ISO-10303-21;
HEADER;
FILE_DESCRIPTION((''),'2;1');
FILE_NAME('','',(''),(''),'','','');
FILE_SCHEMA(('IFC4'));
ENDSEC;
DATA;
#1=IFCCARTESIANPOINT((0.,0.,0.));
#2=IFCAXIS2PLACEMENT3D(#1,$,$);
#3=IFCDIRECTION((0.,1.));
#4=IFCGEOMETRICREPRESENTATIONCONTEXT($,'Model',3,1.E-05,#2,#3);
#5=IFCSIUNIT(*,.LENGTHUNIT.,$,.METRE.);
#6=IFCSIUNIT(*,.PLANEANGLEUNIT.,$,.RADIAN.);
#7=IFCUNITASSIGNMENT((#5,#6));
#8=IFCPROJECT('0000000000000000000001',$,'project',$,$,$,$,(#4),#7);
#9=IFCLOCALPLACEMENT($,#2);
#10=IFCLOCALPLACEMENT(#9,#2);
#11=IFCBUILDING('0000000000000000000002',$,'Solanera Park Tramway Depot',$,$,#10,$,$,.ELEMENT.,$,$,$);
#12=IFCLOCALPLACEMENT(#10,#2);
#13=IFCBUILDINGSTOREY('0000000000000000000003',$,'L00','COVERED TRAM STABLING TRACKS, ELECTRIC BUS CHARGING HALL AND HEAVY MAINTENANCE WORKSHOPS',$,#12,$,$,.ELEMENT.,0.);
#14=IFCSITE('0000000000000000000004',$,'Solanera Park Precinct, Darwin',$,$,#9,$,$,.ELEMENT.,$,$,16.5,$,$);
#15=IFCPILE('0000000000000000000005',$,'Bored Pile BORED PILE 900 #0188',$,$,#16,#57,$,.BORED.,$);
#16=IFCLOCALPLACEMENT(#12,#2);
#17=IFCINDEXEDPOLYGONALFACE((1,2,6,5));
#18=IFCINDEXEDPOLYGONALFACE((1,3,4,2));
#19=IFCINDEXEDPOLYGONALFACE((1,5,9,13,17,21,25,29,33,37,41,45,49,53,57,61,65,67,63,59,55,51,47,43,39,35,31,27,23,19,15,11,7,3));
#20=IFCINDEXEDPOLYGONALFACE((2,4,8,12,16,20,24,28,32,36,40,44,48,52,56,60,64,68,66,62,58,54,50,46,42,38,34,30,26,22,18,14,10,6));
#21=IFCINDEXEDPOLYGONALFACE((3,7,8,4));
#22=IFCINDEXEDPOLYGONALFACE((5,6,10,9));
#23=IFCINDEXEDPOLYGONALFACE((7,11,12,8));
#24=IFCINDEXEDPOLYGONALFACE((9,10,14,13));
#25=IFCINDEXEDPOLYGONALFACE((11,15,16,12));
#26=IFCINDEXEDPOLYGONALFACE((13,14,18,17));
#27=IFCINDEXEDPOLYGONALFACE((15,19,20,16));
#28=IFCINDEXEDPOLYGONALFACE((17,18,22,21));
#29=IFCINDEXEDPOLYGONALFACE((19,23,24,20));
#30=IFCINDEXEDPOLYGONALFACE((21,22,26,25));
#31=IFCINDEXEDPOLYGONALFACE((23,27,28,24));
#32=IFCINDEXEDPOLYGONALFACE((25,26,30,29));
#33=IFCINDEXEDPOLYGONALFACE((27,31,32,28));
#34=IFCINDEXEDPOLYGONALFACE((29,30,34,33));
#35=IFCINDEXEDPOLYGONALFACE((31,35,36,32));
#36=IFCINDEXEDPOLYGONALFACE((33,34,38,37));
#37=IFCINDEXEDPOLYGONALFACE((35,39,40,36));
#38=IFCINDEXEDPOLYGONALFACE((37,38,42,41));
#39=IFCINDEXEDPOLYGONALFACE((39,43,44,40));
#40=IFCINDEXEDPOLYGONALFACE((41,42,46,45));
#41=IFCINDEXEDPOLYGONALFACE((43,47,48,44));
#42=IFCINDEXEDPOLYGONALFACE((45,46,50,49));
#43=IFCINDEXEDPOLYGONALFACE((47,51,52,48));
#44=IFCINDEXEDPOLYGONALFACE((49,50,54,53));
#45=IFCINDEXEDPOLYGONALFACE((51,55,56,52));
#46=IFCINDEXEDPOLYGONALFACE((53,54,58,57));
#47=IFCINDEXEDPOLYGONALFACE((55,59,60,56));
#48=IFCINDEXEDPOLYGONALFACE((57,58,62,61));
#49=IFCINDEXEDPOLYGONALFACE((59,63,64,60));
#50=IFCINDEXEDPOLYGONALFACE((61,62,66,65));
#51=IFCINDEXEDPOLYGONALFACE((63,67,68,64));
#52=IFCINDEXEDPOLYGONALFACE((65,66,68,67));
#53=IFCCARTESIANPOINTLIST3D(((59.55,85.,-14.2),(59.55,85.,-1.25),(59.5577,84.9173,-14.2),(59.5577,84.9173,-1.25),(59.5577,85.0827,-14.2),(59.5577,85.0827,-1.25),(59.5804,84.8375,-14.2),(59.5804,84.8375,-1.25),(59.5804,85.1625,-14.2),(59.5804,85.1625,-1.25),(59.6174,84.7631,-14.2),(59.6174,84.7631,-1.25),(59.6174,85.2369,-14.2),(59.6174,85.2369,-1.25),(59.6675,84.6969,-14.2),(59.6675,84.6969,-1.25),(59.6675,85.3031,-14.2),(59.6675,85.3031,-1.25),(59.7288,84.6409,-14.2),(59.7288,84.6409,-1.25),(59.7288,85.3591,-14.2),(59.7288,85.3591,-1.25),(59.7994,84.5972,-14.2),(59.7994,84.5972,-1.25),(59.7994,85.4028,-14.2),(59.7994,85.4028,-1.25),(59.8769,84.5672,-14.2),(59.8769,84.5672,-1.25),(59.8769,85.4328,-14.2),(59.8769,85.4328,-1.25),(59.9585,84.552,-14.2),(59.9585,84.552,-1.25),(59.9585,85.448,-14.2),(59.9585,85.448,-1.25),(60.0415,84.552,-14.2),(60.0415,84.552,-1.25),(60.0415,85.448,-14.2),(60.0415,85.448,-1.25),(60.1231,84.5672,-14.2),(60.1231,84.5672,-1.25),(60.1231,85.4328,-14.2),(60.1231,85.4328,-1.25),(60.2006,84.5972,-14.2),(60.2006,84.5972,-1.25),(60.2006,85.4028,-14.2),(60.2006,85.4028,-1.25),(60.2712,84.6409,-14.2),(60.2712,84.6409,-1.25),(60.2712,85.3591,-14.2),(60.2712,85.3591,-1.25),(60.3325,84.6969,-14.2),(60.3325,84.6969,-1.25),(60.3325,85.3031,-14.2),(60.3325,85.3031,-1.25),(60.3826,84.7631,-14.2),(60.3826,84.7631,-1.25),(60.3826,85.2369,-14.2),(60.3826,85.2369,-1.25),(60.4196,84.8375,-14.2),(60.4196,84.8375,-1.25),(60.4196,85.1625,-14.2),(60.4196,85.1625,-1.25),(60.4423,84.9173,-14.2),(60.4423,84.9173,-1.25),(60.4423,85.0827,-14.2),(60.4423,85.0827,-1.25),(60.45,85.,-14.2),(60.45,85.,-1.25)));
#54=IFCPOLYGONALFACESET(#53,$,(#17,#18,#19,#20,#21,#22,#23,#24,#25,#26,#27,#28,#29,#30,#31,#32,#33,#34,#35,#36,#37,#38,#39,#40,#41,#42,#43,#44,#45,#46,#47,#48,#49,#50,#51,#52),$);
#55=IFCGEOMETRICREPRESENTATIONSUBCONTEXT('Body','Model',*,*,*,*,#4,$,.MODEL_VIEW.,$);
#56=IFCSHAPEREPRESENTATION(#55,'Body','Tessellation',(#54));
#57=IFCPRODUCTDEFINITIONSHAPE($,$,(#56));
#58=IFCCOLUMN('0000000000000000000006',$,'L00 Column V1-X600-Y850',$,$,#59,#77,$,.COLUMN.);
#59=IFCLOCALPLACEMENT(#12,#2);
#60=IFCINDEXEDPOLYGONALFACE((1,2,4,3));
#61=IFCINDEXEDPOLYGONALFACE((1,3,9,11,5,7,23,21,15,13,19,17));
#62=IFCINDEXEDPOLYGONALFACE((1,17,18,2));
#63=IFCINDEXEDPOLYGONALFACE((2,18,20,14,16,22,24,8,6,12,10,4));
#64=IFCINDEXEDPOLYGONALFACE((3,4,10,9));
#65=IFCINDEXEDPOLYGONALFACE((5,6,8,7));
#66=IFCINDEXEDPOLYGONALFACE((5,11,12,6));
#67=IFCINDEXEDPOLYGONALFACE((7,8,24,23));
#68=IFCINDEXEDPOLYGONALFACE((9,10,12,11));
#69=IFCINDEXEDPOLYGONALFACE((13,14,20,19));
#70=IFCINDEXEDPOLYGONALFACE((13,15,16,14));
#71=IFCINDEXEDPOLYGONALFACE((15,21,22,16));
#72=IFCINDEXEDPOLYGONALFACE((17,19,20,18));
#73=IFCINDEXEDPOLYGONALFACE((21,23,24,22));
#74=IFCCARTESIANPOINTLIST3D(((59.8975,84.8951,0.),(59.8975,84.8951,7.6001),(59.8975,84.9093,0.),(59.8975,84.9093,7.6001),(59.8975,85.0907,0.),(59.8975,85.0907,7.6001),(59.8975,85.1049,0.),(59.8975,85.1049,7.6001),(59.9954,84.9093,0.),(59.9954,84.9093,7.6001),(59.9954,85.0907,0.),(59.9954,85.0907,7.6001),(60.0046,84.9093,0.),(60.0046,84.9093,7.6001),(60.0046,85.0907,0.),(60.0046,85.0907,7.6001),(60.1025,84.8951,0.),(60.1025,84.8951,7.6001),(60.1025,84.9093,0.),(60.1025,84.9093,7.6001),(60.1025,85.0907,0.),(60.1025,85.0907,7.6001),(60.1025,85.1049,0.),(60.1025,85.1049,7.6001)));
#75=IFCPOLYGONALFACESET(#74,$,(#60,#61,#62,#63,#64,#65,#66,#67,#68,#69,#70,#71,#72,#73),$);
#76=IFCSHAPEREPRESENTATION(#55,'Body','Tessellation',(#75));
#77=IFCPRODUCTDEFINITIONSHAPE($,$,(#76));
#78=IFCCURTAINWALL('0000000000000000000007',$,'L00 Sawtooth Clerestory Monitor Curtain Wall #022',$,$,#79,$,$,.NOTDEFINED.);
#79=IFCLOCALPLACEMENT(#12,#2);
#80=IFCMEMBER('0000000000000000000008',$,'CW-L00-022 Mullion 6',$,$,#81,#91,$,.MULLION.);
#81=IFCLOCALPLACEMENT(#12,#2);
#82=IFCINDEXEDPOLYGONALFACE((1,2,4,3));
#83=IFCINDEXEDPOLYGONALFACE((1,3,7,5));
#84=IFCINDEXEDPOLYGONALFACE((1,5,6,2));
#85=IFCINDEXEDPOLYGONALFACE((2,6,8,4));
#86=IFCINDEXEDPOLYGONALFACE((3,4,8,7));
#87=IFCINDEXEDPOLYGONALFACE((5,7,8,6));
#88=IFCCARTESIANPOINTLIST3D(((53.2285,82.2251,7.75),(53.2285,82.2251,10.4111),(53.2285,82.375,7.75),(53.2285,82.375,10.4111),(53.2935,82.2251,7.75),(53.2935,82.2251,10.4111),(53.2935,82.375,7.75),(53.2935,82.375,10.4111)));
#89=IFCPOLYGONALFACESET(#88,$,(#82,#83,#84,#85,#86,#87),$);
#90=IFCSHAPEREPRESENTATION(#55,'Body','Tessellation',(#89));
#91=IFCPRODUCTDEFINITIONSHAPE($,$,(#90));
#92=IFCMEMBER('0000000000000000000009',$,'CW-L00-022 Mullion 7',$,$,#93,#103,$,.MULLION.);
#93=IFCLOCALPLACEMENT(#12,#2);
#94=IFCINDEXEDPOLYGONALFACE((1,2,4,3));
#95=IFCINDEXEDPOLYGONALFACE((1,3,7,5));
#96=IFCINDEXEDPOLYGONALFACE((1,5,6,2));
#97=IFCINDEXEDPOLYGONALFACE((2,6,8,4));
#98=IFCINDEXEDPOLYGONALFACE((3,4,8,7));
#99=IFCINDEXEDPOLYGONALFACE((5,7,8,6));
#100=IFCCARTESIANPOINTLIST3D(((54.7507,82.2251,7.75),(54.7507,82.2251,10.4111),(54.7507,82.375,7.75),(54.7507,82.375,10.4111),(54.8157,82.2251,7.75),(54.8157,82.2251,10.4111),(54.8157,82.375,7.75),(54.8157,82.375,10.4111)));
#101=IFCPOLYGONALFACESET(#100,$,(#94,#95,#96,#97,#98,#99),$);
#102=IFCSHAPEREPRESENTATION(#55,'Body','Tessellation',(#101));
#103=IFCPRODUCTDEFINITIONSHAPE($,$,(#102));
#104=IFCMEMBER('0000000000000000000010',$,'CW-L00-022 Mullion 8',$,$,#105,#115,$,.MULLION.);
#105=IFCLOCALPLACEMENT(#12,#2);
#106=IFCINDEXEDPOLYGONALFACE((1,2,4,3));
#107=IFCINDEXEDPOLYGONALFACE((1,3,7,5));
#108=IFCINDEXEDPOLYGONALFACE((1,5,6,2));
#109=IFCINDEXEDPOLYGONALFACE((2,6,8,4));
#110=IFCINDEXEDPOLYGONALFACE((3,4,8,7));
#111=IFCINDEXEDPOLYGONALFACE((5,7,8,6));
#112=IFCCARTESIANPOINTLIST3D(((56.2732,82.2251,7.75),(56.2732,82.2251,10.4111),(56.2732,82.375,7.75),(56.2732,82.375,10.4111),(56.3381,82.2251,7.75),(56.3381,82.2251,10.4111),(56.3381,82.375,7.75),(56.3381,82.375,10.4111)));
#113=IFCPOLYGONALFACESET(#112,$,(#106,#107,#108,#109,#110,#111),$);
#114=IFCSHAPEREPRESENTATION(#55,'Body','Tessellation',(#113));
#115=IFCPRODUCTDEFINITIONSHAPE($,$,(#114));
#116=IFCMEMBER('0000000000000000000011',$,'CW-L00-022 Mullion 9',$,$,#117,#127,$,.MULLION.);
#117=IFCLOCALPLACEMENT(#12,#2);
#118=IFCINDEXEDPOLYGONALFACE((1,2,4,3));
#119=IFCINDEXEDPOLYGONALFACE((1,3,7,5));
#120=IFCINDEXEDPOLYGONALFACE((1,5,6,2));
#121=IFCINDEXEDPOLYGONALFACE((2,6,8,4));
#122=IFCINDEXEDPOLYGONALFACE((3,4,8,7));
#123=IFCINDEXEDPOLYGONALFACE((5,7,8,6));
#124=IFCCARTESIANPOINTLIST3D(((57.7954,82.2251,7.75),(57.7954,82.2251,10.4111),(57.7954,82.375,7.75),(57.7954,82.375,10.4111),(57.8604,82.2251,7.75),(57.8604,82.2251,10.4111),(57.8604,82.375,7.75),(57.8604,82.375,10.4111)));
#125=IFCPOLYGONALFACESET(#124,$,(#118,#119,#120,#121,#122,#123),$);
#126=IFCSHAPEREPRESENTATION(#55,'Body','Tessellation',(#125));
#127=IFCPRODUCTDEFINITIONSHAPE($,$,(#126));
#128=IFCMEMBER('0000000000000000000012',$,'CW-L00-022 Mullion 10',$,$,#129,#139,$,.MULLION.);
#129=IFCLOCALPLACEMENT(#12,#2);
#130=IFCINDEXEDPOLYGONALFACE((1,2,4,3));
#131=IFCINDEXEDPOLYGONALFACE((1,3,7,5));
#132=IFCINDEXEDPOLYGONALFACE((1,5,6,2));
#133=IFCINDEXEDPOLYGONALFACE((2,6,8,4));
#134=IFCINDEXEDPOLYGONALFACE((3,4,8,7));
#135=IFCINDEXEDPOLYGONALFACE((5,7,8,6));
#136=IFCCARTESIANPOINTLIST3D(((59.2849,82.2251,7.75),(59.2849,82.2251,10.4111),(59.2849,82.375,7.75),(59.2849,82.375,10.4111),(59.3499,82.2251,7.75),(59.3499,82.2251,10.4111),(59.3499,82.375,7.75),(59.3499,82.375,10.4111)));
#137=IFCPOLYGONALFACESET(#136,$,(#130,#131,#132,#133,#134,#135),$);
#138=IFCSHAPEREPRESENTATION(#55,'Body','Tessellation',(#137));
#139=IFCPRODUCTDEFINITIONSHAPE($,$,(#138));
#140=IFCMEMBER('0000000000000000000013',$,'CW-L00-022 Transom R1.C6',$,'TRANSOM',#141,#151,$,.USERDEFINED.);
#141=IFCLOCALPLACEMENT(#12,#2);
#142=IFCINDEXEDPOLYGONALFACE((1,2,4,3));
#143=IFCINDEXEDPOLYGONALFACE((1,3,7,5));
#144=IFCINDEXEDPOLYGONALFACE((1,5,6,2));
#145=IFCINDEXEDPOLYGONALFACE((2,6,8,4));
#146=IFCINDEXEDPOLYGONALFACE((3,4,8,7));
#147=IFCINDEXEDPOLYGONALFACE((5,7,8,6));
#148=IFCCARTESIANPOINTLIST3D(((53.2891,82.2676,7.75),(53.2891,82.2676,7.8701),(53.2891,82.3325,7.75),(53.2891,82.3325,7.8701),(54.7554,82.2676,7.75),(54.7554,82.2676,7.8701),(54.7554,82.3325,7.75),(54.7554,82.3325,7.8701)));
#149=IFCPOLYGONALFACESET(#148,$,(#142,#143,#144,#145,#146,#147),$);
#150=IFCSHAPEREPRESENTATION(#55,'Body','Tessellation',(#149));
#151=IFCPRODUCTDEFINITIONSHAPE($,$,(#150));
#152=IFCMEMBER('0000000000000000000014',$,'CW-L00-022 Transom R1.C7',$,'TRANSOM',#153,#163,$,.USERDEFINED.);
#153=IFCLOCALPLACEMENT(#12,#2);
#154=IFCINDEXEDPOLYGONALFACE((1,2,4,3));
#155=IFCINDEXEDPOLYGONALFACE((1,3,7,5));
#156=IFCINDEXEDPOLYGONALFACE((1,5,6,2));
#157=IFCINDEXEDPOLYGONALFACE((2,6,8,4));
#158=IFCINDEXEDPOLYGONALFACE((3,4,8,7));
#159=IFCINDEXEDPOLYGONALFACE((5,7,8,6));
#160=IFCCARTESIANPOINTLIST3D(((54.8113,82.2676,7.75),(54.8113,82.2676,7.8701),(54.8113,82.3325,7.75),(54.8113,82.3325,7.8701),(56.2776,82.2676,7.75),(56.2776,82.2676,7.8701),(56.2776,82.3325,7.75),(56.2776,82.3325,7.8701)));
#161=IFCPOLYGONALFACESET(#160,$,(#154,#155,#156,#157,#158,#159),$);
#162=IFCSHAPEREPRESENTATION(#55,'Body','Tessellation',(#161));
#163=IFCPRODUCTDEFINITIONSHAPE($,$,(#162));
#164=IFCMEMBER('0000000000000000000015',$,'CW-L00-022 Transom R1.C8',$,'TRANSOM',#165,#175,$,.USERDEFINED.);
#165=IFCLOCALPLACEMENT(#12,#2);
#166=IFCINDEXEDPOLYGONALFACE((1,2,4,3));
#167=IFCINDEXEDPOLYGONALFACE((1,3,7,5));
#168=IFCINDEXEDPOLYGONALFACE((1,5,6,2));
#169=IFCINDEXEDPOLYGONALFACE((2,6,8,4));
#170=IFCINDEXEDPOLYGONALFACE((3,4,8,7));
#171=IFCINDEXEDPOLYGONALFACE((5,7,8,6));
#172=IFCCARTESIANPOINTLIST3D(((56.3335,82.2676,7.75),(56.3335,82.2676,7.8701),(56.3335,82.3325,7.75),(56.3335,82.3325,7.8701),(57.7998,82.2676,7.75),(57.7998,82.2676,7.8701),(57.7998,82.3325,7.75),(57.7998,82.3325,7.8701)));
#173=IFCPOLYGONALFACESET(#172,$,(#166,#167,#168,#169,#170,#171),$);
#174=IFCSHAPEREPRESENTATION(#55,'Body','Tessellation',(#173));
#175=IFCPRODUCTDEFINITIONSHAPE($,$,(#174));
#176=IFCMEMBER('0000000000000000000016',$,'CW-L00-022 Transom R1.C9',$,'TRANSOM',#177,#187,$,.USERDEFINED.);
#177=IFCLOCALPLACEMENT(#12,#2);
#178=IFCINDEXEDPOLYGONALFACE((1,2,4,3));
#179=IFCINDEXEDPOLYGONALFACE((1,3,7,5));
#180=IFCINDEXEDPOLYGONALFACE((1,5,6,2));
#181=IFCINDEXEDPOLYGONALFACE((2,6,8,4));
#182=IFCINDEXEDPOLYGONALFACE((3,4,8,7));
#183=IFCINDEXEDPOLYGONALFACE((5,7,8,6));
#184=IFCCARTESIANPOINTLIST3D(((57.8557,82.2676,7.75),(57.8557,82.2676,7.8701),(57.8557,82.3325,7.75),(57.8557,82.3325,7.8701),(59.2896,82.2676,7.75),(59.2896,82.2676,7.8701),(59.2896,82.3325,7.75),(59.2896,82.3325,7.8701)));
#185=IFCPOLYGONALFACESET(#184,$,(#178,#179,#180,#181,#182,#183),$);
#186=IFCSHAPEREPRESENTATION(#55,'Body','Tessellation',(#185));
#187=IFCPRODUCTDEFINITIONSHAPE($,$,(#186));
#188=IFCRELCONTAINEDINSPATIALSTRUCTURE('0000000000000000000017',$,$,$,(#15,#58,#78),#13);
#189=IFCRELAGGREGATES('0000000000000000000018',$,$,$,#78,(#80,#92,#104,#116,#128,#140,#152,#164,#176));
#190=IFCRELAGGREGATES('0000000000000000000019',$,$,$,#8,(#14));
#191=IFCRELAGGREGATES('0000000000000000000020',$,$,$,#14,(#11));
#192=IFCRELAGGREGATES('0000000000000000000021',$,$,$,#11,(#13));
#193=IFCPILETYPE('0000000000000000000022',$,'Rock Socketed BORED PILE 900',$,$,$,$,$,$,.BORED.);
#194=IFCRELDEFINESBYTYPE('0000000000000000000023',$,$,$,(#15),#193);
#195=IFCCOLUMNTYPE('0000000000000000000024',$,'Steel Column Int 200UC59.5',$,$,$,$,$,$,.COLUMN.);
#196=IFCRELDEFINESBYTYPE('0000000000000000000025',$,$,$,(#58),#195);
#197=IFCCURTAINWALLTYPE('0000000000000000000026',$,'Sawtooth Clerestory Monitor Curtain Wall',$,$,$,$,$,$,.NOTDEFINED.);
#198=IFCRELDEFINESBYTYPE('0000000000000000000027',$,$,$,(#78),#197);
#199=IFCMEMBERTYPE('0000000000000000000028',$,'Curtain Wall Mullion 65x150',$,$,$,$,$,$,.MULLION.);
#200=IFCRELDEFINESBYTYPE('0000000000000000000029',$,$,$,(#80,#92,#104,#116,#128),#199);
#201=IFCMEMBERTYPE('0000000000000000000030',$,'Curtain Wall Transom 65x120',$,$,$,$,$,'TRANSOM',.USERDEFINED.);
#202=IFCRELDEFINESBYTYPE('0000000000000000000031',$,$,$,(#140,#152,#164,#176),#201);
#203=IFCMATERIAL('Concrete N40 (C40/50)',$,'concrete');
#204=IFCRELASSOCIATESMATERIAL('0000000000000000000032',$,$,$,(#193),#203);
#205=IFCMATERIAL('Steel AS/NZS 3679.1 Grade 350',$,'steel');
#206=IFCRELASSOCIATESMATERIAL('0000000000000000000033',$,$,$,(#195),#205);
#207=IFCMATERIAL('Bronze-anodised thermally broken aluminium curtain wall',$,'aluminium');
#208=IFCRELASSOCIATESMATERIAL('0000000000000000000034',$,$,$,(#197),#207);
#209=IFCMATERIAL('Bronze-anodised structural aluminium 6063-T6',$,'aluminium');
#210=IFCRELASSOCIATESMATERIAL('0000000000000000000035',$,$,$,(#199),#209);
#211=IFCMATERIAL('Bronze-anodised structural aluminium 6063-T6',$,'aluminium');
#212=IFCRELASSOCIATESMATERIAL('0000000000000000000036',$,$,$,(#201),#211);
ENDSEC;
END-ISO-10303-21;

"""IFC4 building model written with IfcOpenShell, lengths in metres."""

from ifc_helpers import new_model, si_unit, direction, frame, origin, origin_2d, place, context, subcontext, project, spatial, rectangle, circle, i_section, extrude, material, material_profile, profile_set, type_object, element, aggregate, save


model = new_model("IFC4")

# Units and contexts
model_context = context("Model", 3, precision=1e-05, world=origin(), true_north=direction((0.0, 1.0)))
body_context = subcontext(model_context, "Body", "Model", "MODEL_VIEW")
ifc_project = project(units=[si_unit("LENGTHUNIT", "METRE"), si_unit("PLANEANGLEUNIT", "RADIAN")], contexts=[model_context])

# Site, building, storey
site_placement = place(None, origin())
site = spatial("IfcSite", under=ifc_project, at=site_placement, Name="Solanera Park Precinct, Darwin", CompositionType="ELEMENT", RefElevation=16.5)
building_placement = place(site_placement, origin())
building = spatial("IfcBuilding", under=site, at=building_placement, Name="Solanera Park Tramway Depot", CompositionType="ELEMENT")
storey_placement = place(building_placement, origin())
storey = spatial("IfcBuildingStorey", under=building, at=storey_placement, Name="L00", Description="COVERED TRAM STABLING TRACKS, ELECTRIC BUS CHARGING HALL AND HEAVY MAINTENANCE WORKSHOPS", CompositionType="ELEMENT", Elevation=0.0)

# Pile
ifc_material_1 = material(Name="Concrete N40 (C40/50)", Category="concrete")
ifc_material_profile_1 = material_profile(ifc_material_1, circle(Radius=0.45, at=origin_2d()), Name="BORED PILE 900")
ifc_profile_set_1 = profile_set([ifc_material_profile_1], Name="Concrete N40 (C40/50)")
pile_type = type_object("IfcPileType", Name="Rock Socketed BORED PILE 900", PredefinedType="BORED", material=ifc_profile_set_1)
pile_placement = place(storey_placement, frame((60.0, 85.0, -1.25), z_axis=(0.0, 0.0, -1.0), x_axis=(1.0, 0.0, 0.0)))
element("IfcPile", 1, at=pile_placement, inside=storey, type_object=pile_type, Name="Bored Pile BORED PILE 900 #0188", PredefinedType="BORED", context=body_context, shape_type="SweptSolid", body=[
    extrude(circle(Radius=0.45, at=origin_2d()), origin(), (0.0, 0.0, 1.0), 12.95),
])

# Column
ifc_material_2 = material(Name="Steel AS/NZS 3679.1 Grade 350", Category="steel")
ifc_material_profile_2 = material_profile(ifc_material_2, i_section(OverallWidth=0.2051, OverallDepth=0.2097, WebThickness=0.0093, FlangeThickness=0.0142, at=origin_2d()), Name="200UC59.5")
ifc_profile_set_2 = profile_set([ifc_material_profile_2], Name="Steel AS/NZS 3679.1 Grade 350")
column_type = type_object("IfcColumnType", Name="Steel Column Int 200UC59.5", PredefinedType="COLUMN", material=ifc_profile_set_2)
column_placement = place(storey_placement, frame((60.0, 85.0, 0.0), z_axis=(0.0, 0.0, 1.0), x_axis=(1.0, 0.0, 0.0)))
element("IfcColumn", 2, at=column_placement, inside=storey, type_object=column_type, Name="L00 Column V1-X600-Y850", PredefinedType="COLUMN", context=body_context, shape_type="SweptSolid", body=[
    extrude(i_section(OverallWidth=0.2051, OverallDepth=0.2097, WebThickness=0.0093, FlangeThickness=0.0142, at=origin_2d()), origin(), (0.0, 0.0, 1.0), 7.6001),
])

# Curtain wall, members
ifc_material_3 = material(Name="Bronze-anodised thermally broken aluminium curtain wall", Category="aluminium")
curtain_wall_type = type_object("IfcCurtainWallType", Name="Sawtooth Clerestory Monitor Curtain Wall", PredefinedType="NOTDEFINED", material=ifc_material_3)
curtain_wall_placement = place(storey_placement, origin())
curtain_wall = element("IfcCurtainWall", 3, at=curtain_wall_placement, inside=storey, type_object=curtain_wall_type, Name="L00 Sawtooth Clerestory Monitor Curtain Wall #022", PredefinedType="NOTDEFINED")
ifc_material_4 = material(Name="Bronze-anodised structural aluminium 6063-T6", Category="aluminium")
ifc_material_profile_3 = material_profile(ifc_material_4, rectangle(XDim=0.0649, YDim=0.1499, at=origin_2d()), Name="Curtain Wall Mullion 65x150")
ifc_profile_set_3 = profile_set([ifc_material_profile_3], Name="Bronze-anodised structural aluminium 6063-T6")
member_type_1 = type_object("IfcMemberType", Name="Curtain Wall Mullion 65x150", PredefinedType="MULLION", material=ifc_profile_set_3)
member_1_placement = place(storey_placement, frame((53.261, 82.3, 7.75), z_axis=(0.0, 0.0, 1.0), x_axis=(1.0, 0.0, 0.0)))
member_1 = element("IfcMember", 4, at=member_1_placement, type_object=member_type_1, Name="CW-L00-022 Mullion 6", PredefinedType="MULLION", context=body_context, shape_type="SweptSolid", body=[
    extrude(rectangle(XDim=0.0649, YDim=0.1499, at=origin_2d()), origin(), (0.0, 0.0, 1.0), 2.6611),
])
member_2_placement = place(storey_placement, frame((54.7832, 82.3, 7.75), z_axis=(0.0, 0.0, 1.0), x_axis=(1.0, 0.0, 0.0)))
member_2 = element("IfcMember", 5, at=member_2_placement, type_object=member_type_1, Name="CW-L00-022 Mullion 7", PredefinedType="MULLION", context=body_context, shape_type="SweptSolid", body=[
    extrude(rectangle(XDim=0.0649, YDim=0.1499, at=origin_2d()), origin(), (0.0, 0.0, 1.0), 2.6611),
])
member_3_placement = place(storey_placement, frame((56.3057, 82.3, 7.75), z_axis=(0.0, 0.0, 1.0), x_axis=(1.0, 0.0, 0.0)))
member_3 = element("IfcMember", 6, at=member_3_placement, type_object=member_type_1, Name="CW-L00-022 Mullion 8", PredefinedType="MULLION", context=body_context, shape_type="SweptSolid", body=[
    extrude(rectangle(XDim=0.0649, YDim=0.1499, at=origin_2d()), origin(), (0.0, 0.0, 1.0), 2.6611),
])
member_4_placement = place(storey_placement, frame((57.8279, 82.3, 7.75), z_axis=(0.0, 0.0, 1.0), x_axis=(1.0, 0.0, 0.0)))
member_4 = element("IfcMember", 7, at=member_4_placement, type_object=member_type_1, Name="CW-L00-022 Mullion 9", PredefinedType="MULLION", context=body_context, shape_type="SweptSolid", body=[
    extrude(rectangle(XDim=0.0649, YDim=0.1499, at=origin_2d()), origin(), (0.0, 0.0, 1.0), 2.6611),
])
member_5_placement = place(storey_placement, frame((59.3174, 82.3, 7.75), z_axis=(0.0, 0.0, 1.0), x_axis=(1.0, 0.0, 0.0)))
member_5 = element("IfcMember", 8, at=member_5_placement, type_object=member_type_1, Name="CW-L00-022 Mullion 10", PredefinedType="MULLION", context=body_context, shape_type="SweptSolid", body=[
    extrude(rectangle(XDim=0.0649, YDim=0.1499, at=origin_2d()), origin(), (0.0, 0.0, 1.0), 2.6611),
])
ifc_material_5 = material(Name="Bronze-anodised structural aluminium 6063-T6", Category="aluminium")
ifc_material_profile_4 = material_profile(ifc_material_5, rectangle(XDim=0.0649, YDim=0.1201, at=origin_2d()), Name="Curtain Wall Transom 65x120")
ifc_profile_set_4 = profile_set([ifc_material_profile_4], Name="Bronze-anodised structural aluminium 6063-T6")
member_type_2 = type_object("IfcMemberType", Name="Curtain Wall Transom 65x120", ElementType="TRANSOM", PredefinedType="USERDEFINED", material=ifc_profile_set_4)
member_6_placement = place(storey_placement, frame((53.2891, 82.3, 7.8101), z_axis=(1.0, 0.0, 0.0), x_axis=(0.0, 1.0, 0.0)))
member_6 = element("IfcMember", 9, at=member_6_placement, type_object=member_type_2, Name="CW-L00-022 Transom R1.C6", ObjectType="TRANSOM", PredefinedType="USERDEFINED", context=body_context, shape_type="SweptSolid", body=[
    extrude(rectangle(XDim=0.0649, YDim=0.1201, at=origin_2d()), origin(), (0.0, 0.0, 1.0), 1.4663),
])
member_7_placement = place(storey_placement, frame((54.8113, 82.3, 7.8101), z_axis=(1.0, 0.0, 0.0), x_axis=(0.0, 1.0, 0.0)))
member_7 = element("IfcMember", 10, at=member_7_placement, type_object=member_type_2, Name="CW-L00-022 Transom R1.C7", ObjectType="TRANSOM", PredefinedType="USERDEFINED", context=body_context, shape_type="SweptSolid", body=[
    extrude(rectangle(XDim=0.0649, YDim=0.1201, at=origin_2d()), origin(), (0.0, 0.0, 1.0), 1.4663),
])
member_8_placement = place(storey_placement, frame((56.3335, 82.3, 7.8101), z_axis=(1.0, 0.0, 0.0), x_axis=(0.0, 1.0, 0.0)))
member_8 = element("IfcMember", 11, at=member_8_placement, type_object=member_type_2, Name="CW-L00-022 Transom R1.C8", ObjectType="TRANSOM", PredefinedType="USERDEFINED", context=body_context, shape_type="SweptSolid", body=[
    extrude(rectangle(XDim=0.0649, YDim=0.1201, at=origin_2d()), origin(), (0.0, 0.0, 1.0), 1.4663),
])
member_9_placement = place(storey_placement, frame((57.8557, 82.3, 7.8101), z_axis=(1.0, 0.0, 0.0), x_axis=(0.0, 1.0, 0.0)))
member_9 = element("IfcMember", 12, at=member_9_placement, type_object=member_type_2, Name="CW-L00-022 Transom R1.C9", ObjectType="TRANSOM", PredefinedType="USERDEFINED", context=body_context, shape_type="SweptSolid", body=[
    extrude(rectangle(XDim=0.0649, YDim=0.1201, at=origin_2d()), origin(), (0.0, 0.0, 1.0), 1.4338),
])

aggregate(curtain_wall, [member_1, member_2, member_3, member_4, member_5, member_6, member_7, member_8, member_9])

save(model, "model.ifc")
